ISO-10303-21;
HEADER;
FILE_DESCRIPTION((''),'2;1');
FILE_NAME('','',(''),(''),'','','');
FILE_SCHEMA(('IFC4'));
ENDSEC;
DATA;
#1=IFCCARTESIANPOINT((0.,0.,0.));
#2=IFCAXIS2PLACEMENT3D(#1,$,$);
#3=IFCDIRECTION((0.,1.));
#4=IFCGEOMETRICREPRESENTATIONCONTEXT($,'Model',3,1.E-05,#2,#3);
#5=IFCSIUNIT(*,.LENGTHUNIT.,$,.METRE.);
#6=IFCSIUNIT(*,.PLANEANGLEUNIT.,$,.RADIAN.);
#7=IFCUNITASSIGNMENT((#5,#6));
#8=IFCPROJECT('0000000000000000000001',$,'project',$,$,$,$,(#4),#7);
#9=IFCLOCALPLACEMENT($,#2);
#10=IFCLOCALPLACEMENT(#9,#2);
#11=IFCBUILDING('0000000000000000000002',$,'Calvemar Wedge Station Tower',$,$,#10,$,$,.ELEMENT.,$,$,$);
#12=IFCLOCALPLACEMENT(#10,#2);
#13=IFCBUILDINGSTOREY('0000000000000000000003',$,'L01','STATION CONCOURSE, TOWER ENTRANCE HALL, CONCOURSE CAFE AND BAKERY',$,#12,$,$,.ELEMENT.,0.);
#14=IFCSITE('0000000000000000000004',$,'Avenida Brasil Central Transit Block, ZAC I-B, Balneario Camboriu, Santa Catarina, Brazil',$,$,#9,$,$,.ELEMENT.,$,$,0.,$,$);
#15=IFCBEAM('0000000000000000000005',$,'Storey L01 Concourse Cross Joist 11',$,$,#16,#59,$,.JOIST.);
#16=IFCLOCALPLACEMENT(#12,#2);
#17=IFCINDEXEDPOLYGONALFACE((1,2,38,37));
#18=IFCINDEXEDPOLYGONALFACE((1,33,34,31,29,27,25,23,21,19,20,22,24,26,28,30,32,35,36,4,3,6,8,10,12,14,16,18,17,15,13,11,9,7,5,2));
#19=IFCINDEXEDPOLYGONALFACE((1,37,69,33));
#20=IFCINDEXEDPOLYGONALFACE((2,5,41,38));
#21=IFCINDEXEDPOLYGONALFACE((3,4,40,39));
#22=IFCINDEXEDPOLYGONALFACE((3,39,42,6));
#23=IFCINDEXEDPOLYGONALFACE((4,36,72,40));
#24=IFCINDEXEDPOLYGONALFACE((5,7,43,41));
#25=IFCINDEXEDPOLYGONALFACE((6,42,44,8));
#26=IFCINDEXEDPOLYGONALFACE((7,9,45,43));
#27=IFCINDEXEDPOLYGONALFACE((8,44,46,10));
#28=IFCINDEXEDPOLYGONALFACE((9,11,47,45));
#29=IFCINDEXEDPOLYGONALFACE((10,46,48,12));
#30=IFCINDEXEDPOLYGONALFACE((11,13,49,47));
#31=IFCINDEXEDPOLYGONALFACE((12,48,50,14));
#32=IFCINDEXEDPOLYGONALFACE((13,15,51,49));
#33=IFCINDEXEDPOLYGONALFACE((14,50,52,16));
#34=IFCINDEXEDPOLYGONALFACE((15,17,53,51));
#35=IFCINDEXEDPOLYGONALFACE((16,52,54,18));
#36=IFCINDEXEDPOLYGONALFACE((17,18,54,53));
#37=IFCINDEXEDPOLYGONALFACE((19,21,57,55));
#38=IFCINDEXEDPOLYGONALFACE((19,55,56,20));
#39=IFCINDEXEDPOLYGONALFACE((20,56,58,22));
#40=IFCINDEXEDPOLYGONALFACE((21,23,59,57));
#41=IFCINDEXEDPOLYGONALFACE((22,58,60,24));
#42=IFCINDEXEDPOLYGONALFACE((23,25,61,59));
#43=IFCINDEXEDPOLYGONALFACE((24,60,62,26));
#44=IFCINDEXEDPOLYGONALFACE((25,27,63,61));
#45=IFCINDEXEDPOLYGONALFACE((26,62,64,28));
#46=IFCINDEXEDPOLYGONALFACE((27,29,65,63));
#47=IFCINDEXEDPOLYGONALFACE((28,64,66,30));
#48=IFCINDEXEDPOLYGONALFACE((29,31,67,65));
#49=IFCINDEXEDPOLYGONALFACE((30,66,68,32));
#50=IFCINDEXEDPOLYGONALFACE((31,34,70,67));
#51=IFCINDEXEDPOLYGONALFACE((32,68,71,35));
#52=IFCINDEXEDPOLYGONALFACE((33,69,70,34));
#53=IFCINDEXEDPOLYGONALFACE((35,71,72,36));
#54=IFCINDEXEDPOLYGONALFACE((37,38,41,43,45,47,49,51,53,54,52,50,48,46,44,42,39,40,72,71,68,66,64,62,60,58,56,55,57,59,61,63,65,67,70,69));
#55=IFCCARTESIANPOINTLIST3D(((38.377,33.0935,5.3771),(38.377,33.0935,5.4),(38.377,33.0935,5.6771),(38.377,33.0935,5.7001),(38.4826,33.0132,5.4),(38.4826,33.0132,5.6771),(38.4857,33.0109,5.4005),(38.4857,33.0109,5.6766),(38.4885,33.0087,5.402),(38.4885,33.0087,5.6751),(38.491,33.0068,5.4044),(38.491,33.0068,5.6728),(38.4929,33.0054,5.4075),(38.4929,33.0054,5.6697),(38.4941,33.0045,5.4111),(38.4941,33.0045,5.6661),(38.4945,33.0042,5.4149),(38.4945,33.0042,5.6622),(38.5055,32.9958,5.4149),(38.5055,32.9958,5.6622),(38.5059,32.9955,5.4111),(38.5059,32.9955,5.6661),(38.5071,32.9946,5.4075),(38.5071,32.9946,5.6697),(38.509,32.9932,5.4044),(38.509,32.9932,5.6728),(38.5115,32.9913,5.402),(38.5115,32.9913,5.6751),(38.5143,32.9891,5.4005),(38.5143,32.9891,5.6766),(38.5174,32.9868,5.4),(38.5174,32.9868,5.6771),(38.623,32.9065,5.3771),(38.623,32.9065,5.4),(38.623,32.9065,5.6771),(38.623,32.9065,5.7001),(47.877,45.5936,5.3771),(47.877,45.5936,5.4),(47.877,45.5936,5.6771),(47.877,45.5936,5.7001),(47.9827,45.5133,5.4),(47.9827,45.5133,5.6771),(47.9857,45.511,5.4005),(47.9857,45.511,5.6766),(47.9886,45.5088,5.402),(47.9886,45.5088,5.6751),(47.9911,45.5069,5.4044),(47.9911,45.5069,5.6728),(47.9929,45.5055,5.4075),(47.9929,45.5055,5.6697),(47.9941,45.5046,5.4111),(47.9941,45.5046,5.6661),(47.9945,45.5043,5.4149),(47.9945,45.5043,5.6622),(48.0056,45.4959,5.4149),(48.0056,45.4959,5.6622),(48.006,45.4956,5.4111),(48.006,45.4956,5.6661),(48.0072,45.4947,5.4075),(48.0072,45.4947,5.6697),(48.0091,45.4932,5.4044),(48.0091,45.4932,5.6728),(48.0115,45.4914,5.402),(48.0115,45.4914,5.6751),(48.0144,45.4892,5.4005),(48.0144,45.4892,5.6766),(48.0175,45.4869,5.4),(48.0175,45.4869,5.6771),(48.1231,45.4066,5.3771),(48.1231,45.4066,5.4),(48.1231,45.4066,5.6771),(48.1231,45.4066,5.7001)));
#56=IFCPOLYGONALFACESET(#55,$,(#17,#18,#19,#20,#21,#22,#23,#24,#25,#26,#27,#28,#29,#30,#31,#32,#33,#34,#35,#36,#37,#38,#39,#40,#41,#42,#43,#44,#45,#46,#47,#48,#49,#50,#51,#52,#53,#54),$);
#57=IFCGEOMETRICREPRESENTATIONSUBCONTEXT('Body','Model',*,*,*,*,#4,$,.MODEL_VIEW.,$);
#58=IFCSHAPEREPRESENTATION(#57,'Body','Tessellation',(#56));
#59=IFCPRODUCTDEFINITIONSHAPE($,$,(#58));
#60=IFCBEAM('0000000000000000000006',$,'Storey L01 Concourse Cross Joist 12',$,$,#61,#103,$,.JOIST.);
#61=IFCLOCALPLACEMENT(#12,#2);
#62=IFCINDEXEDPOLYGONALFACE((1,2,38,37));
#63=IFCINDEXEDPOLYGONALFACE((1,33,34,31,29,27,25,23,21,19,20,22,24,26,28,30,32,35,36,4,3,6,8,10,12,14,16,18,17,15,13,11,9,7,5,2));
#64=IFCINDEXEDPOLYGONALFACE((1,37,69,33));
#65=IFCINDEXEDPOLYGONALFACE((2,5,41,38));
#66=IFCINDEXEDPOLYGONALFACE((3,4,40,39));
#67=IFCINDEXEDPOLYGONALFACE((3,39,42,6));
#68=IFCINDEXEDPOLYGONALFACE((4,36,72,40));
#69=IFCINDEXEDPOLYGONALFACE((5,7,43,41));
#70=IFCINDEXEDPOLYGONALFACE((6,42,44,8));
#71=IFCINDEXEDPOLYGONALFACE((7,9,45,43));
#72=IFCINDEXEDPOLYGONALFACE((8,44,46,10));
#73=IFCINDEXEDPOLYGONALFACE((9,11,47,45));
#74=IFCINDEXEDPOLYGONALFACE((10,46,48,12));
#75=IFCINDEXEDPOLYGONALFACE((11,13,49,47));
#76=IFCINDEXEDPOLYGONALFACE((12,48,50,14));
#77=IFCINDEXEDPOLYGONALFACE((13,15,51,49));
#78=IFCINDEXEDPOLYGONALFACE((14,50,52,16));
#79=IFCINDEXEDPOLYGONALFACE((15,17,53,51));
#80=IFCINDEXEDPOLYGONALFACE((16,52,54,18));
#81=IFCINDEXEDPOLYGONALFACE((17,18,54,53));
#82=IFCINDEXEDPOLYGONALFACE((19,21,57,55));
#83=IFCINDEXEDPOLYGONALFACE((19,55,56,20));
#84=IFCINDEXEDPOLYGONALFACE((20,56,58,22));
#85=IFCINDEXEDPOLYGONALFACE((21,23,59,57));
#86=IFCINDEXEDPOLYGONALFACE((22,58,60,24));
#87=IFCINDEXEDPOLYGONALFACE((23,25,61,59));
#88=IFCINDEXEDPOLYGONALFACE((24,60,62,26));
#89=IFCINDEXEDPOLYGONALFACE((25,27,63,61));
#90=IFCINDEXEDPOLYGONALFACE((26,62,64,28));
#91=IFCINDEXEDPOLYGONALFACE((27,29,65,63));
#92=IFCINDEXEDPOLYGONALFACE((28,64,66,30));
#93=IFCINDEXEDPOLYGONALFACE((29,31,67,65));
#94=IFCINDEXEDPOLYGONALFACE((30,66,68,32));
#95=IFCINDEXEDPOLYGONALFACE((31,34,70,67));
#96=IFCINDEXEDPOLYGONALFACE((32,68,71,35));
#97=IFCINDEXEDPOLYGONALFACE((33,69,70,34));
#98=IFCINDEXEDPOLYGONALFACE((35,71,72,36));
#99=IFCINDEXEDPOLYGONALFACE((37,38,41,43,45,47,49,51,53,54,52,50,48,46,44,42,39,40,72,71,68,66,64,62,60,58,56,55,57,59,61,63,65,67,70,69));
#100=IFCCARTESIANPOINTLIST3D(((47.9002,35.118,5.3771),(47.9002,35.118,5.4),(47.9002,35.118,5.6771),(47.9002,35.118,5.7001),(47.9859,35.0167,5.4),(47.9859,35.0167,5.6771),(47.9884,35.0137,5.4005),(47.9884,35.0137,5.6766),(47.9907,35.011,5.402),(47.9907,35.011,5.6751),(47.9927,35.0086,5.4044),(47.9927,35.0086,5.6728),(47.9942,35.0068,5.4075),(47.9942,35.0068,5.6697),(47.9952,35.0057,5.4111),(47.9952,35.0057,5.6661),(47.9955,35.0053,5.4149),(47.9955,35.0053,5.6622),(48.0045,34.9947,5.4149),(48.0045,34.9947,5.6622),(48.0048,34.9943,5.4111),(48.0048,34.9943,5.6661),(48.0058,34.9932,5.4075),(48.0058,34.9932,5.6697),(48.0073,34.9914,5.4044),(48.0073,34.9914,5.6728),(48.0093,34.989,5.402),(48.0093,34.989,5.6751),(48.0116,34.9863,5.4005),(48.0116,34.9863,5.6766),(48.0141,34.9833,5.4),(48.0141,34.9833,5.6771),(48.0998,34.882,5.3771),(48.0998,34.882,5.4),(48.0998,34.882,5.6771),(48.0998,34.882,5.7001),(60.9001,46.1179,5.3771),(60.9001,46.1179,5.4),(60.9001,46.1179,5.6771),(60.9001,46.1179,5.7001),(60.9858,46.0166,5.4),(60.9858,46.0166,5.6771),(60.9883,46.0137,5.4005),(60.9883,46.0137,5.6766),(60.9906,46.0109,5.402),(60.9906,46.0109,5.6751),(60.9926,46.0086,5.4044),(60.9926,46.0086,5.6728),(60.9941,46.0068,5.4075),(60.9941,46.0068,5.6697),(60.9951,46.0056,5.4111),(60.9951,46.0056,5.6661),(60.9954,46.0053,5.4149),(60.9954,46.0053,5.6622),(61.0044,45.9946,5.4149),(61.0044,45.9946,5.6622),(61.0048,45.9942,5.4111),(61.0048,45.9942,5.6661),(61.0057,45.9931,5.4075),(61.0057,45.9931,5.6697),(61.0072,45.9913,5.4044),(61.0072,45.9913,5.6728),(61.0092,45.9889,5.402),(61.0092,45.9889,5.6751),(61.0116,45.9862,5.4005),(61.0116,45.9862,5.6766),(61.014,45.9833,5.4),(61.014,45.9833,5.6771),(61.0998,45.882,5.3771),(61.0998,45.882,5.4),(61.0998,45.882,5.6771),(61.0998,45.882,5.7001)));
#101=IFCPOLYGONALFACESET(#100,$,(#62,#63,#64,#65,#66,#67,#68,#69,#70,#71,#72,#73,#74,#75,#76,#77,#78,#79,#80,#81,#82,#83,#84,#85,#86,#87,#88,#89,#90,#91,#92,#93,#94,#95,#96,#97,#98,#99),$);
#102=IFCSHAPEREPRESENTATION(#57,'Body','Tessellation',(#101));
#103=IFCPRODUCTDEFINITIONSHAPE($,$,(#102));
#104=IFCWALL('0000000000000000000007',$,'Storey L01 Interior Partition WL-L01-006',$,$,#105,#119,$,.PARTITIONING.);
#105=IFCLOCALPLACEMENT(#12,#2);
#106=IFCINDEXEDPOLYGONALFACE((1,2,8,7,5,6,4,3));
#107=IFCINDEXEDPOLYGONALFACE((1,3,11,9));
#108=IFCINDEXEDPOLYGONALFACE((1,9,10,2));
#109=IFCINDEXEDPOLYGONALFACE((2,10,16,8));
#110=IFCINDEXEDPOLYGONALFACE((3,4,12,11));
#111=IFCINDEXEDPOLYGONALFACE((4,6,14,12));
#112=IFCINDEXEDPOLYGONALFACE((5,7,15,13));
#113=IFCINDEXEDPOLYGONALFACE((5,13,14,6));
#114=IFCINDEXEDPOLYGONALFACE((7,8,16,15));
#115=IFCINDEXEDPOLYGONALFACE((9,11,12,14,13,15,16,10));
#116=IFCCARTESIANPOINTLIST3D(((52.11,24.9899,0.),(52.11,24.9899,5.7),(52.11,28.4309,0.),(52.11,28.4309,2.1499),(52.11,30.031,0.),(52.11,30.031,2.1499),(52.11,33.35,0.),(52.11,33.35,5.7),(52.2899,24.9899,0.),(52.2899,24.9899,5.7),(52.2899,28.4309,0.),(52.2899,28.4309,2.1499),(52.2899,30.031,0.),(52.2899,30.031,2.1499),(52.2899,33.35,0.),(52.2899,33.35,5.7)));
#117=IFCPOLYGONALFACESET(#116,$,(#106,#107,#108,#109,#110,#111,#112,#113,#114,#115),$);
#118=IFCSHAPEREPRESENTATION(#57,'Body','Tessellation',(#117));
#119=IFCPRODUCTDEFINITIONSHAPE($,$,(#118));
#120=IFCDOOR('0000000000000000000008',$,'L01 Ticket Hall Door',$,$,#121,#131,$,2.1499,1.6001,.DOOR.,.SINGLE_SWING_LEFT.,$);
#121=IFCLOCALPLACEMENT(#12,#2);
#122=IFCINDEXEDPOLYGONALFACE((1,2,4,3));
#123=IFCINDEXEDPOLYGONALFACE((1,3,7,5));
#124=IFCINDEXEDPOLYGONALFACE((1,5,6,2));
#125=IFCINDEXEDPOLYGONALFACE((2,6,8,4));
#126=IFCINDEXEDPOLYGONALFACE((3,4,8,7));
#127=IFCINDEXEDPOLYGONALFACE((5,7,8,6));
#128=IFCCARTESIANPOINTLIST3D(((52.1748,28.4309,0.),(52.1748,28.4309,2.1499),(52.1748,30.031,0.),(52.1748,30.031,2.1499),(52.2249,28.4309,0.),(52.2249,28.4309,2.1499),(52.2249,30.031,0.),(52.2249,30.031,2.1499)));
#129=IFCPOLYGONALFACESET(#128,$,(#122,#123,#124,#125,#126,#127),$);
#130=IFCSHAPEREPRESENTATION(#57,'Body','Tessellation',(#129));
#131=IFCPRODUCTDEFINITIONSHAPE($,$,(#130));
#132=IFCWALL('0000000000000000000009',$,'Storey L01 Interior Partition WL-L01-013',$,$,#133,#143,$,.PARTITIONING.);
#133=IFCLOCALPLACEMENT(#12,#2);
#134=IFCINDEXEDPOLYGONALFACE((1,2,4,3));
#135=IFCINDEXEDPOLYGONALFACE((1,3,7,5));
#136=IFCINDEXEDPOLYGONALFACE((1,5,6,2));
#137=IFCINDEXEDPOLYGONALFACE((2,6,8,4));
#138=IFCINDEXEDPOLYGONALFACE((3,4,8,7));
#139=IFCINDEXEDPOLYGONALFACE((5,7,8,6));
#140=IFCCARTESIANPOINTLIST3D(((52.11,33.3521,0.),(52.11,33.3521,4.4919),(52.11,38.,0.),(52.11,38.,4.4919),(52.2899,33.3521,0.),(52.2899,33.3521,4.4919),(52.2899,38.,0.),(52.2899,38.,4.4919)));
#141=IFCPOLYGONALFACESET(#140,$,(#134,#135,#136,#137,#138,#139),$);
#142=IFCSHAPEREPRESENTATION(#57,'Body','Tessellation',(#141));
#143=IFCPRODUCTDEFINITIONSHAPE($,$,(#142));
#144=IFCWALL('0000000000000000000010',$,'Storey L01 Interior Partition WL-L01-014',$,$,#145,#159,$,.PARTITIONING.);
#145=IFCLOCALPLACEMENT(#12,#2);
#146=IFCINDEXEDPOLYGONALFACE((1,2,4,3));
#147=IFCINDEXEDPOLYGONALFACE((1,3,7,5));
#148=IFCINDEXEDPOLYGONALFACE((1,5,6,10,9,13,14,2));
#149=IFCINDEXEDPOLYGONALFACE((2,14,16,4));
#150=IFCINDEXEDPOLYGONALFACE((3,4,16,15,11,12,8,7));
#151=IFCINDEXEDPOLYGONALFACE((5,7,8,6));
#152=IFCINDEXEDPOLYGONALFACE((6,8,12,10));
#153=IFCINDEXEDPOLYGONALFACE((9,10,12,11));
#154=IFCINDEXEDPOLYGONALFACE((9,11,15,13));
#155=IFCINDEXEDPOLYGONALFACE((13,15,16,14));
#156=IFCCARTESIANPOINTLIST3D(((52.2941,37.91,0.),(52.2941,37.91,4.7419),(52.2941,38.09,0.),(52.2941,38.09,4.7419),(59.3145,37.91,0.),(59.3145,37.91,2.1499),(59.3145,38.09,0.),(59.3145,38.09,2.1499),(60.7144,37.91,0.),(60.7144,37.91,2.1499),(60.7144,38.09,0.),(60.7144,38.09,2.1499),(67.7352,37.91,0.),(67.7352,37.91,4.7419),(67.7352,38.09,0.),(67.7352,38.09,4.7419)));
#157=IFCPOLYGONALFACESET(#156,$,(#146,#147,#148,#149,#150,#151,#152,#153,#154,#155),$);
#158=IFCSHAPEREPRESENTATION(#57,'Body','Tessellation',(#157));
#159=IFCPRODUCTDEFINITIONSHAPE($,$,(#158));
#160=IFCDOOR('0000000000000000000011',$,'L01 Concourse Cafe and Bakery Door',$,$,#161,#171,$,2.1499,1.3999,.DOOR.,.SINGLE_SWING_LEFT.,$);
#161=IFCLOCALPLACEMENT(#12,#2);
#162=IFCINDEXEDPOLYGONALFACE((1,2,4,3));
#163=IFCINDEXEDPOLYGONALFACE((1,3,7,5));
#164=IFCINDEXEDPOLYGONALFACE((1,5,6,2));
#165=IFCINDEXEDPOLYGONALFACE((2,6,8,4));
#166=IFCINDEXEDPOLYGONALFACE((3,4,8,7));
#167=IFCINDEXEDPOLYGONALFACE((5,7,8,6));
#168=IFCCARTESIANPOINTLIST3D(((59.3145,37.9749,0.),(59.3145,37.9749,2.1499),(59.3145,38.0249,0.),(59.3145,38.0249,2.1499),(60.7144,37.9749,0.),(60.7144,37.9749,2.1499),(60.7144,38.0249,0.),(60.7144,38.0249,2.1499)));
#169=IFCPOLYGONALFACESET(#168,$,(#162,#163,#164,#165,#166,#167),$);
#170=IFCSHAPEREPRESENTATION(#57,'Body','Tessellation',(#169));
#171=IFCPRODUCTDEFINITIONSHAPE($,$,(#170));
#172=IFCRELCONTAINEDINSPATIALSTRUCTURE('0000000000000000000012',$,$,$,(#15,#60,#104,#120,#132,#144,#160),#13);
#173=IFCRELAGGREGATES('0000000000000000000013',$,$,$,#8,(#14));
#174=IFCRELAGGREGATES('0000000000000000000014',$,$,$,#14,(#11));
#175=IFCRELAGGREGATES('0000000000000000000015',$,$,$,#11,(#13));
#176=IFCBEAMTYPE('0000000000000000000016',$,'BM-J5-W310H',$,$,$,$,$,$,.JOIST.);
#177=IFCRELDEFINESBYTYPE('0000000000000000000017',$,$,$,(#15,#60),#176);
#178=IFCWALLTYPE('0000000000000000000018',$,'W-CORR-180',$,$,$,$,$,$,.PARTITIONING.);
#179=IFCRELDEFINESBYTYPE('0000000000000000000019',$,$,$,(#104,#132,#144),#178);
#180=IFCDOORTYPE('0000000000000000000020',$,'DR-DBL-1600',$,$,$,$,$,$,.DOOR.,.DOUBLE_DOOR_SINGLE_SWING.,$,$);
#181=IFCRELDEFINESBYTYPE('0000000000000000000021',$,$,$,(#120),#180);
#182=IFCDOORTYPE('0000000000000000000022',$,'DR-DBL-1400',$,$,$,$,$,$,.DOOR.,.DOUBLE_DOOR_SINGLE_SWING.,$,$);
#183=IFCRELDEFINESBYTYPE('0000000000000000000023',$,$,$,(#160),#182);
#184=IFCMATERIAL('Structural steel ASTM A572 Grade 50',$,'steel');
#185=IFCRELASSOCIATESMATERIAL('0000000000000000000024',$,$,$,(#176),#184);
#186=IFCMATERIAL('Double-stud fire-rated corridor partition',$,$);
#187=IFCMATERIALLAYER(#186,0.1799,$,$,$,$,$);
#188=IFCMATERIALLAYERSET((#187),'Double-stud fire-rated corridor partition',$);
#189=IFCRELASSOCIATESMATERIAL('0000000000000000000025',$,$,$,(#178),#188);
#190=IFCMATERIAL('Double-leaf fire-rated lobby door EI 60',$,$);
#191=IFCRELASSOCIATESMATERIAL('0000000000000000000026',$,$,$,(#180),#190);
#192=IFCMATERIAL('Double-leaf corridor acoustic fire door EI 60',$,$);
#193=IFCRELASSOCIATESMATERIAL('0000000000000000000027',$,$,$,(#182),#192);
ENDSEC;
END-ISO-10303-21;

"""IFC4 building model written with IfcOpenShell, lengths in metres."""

from ifc_helpers import new_model, si_unit, direction, frame, frame_2d, origin, origin_2d, place, context, subcontext, project, spatial, rectangle, i_section, extrude, source, transform, mapped, material, layer, layer_set, material_profile, profile_set, type_object, element, fill, save


model = new_model("IFC4")

# Units and contexts
model_context = context("Model", 3, precision=1e-05, world=origin(), true_north=direction((0.0, 1.0)))
body_context = subcontext(model_context, "Body", "Model", "MODEL_VIEW")
ifc_project = project(units=[si_unit("LENGTHUNIT", "METRE"), si_unit("PLANEANGLEUNIT", "RADIAN")], contexts=[model_context])

# Site, building, storey
site_placement = place(None, origin())
site = spatial("IfcSite", under=ifc_project, at=site_placement, Name="Avenida Brasil Central Transit Block, ZAC I-B, Balneario Camboriu, Santa Catarina, Brazil", CompositionType="ELEMENT", RefElevation=0.0)
building_placement = place(site_placement, origin())
building = spatial("IfcBuilding", under=site, at=building_placement, Name="Calvemar Wedge Station Tower", CompositionType="ELEMENT")
storey_placement = place(building_placement, origin())
storey = spatial("IfcBuildingStorey", under=building, at=storey_placement, Name="L01", Description="STATION CONCOURSE, TOWER ENTRANCE HALL, CONCOURSE CAFE AND BAKERY", CompositionType="ELEMENT", Elevation=0.0)

# Beams
ifc_material_1 = material(Name="Structural steel ASTM A572 Grade 50", Category="steel")
ifc_material_profile_1 = material_profile(ifc_material_1, i_section(OverallWidth=0.3091, OverallDepth=0.323, WebThickness=0.0139, FlangeThickness=0.0229, FilletRadius=0.0149, at=origin_2d()), Name="W310x143")
ifc_profile_set_1 = profile_set([ifc_material_profile_1], Name="Structural steel ASTM A572 Grade 50")
beam_type_1 = type_object("IfcBeamType", Name="BM-J5-W310H", PredefinedType="JOIST", material=ifc_profile_set_1)
shared_shape_1 = source(origin(), body_context, "Body", "SweptSolid", [
    extrude(i_section(OverallWidth=0.3091, OverallDepth=0.323, WebThickness=0.0139, FlangeThickness=0.0229, FilletRadius=0.0149, at=origin_2d()), origin(), (0.0, 0.0, 1.0), 15.7004),
])
beam_1_placement = place(storey_placement, frame((38.5, 33.0, 5.5386), z_axis=(0.605083, 0.796162, 0.0), x_axis=(-0.796162, 0.605083, 0.0)))
element("IfcBeam", 1, at=beam_1_placement, inside=storey, type_object=beam_type_1, Name="Storey L01 Concourse Cross Joist 11", PredefinedType="JOIST", context=body_context, shape_type="MappedRepresentation", body=[
    mapped(shared_shape_1, transform((0.0, 0.0, 0.0), scale=1.0)),
])
shared_shape_2 = source(origin(), body_context, "Body", "SweptSolid", [
    extrude(i_section(OverallWidth=0.3091, OverallDepth=0.323, WebThickness=0.0139, FlangeThickness=0.0229, FilletRadius=0.0149, at=origin_2d()), origin(), (0.0, 0.0, 1.0), 17.0293),
])
beam_2_placement = place(storey_placement, frame((48.0, 35.0, 5.5386), z_axis=(0.763386, 0.645942, 0.0), x_axis=(-0.645942, 0.763386, 0.0)))
element("IfcBeam", 2, at=beam_2_placement, inside=storey, type_object=beam_type_1, Name="Storey L01 Concourse Cross Joist 12", PredefinedType="JOIST", context=body_context, shape_type="MappedRepresentation", body=[
    mapped(shared_shape_2, transform((0.0, 0.0, 0.0), scale=1.0)),
])

# Wall, opening, door
ifc_material_2 = material(Name="Double-stud fire-rated corridor partition")
ifc_layer = layer(ifc_material_2, 0.1799)
ifc_layer_set = layer_set([ifc_layer], Name="Double-stud fire-rated corridor partition")
wall_type = type_object("IfcWallType", Name="W-CORR-180", PredefinedType="PARTITIONING", material=ifc_layer_set)
wall_1_placement = place(storey_placement, frame((52.2, 33.3501, 0.0), z_axis=(0.0, 0.0, 1.0), x_axis=(0.0, -1.0, 0.0)))
wall_1 = element("IfcWall", 3, at=wall_1_placement, inside=storey, type_object=wall_type, Name="Storey L01 Interior Partition WL-L01-006", PredefinedType="PARTITIONING", context=body_context, shape_type="SweptSolid", body=[
    extrude(rectangle(XDim=8.3601, YDim=0.1799, at=frame_2d((4.1802, 0.0))), origin(), (0.0, 0.0, 1.0), 5.7),
])
shared_shape_3 = source(origin(), body_context, "Body", "SweptSolid", [
    extrude(rectangle(XDim=1.6001, YDim=2.1499, at=frame_2d((0.8, 1.075))), frame((0.0, 0.1001, 0.0), z_axis=(0.0, -1.0, 0.0), x_axis=(1.0, 0.0, 0.0)), (0.0, 0.0, 1.0), 0.2),
])
opening_1_placement = place(wall_1_placement, frame((3.3191, 0.0, 0.0)))
opening_1 = element("IfcOpeningElement", 4, at=opening_1_placement, cuts=wall_1, PredefinedType="OPENING", context=body_context, shape_type="MappedRepresentation", body=[
    mapped(shared_shape_3, transform((0.0, 0.0, 0.0), scale=1.0)),
])
ifc_material_3 = material(Name="Double-leaf fire-rated lobby door EI 60")
door_type_1 = type_object("IfcDoorType", Name="DR-DBL-1600", OperationType="DOUBLE_DOOR_SINGLE_SWING", PredefinedType="DOOR", material=ifc_material_3)
shared_shape_4 = source(origin(), body_context, "Body", "SweptSolid", [
    extrude(rectangle(XDim=1.6001, YDim=2.1499, at=frame_2d((0.8, 1.075))), frame((0.0, 0.0249, 0.0), z_axis=(0.0, -1.0, 0.0), x_axis=(1.0, 0.0, 0.0)), (0.0, 0.0, 1.0), 0.05),
])
door_1_placement = place(opening_1_placement, origin())
door_1 = element("IfcDoor", 5, at=door_1_placement, inside=storey, type_object=door_type_1, Name="L01 Ticket Hall Door", OperationType="SINGLE_SWING_LEFT", OverallHeight=2.1499, OverallWidth=1.6001, PredefinedType="DOOR", context=body_context, shape_type="MappedRepresentation", body=[
    mapped(shared_shape_4, transform((0.0, 0.0, 0.0), scale=1.0)),
])
fill(opening_1, door_1)

# Wall
wall_2_placement = place(storey_placement, frame((52.2, 33.3521, 0.0), z_axis=(0.0, 0.0, 1.0), x_axis=(0.0, 1.0, 0.0)))
element("IfcWall", 6, at=wall_2_placement, inside=storey, type_object=wall_type, Name="Storey L01 Interior Partition WL-L01-013", PredefinedType="PARTITIONING", context=body_context, shape_type="SweptSolid", body=[
    extrude(rectangle(XDim=4.6479, YDim=0.1799, at=frame_2d((2.324, 0.0))), origin(), (0.0, 0.0, 1.0), 4.4919),
])

# Wall, opening, door
wall_3_placement = place(storey_placement, frame((52.2939, 38.0, 0.0), z_axis=(0.0, 0.0, 1.0), x_axis=(1.0, 0.0, 0.0)))
wall_3 = element("IfcWall", 7, at=wall_3_placement, inside=storey, type_object=wall_type, Name="Storey L01 Interior Partition WL-L01-014", PredefinedType="PARTITIONING", context=body_context, shape_type="SweptSolid", body=[
    extrude(rectangle(XDim=15.4412, YDim=0.1799, at=frame_2d((7.7207, 0.0))), origin(), (0.0, 0.0, 1.0), 4.7419),
])
shared_shape_5 = source(origin(), body_context, "Body", "SweptSolid", [
    extrude(rectangle(XDim=1.3999, YDim=2.1499, at=frame_2d((0.7, 1.075))), frame((0.0, 0.1001, 0.0), z_axis=(0.0, -1.0, 0.0), x_axis=(1.0, 0.0, 0.0)), (0.0, 0.0, 1.0), 0.2),
])
opening_2_placement = place(wall_3_placement, frame((7.0205, 0.0, 0.0)))
opening_2 = element("IfcOpeningElement", 8, at=opening_2_placement, cuts=wall_3, PredefinedType="OPENING", context=body_context, shape_type="MappedRepresentation", body=[
    mapped(shared_shape_5, transform((0.0, 0.0, 0.0), scale=1.0)),
])
ifc_material_4 = material(Name="Double-leaf corridor acoustic fire door EI 60")
door_type_2 = type_object("IfcDoorType", Name="DR-DBL-1400", OperationType="DOUBLE_DOOR_SINGLE_SWING", PredefinedType="DOOR", material=ifc_material_4)
shared_shape_6 = source(origin(), body_context, "Body", "SweptSolid", [
    extrude(rectangle(XDim=1.3999, YDim=2.1499, at=frame_2d((0.7, 1.075))), frame((0.0, 0.0249, 0.0), z_axis=(0.0, -1.0, 0.0), x_axis=(1.0, 0.0, 0.0)), (0.0, 0.0, 1.0), 0.05),
])
door_2_placement = place(opening_2_placement, origin())
door_2 = element("IfcDoor", 9, at=door_2_placement, inside=storey, type_object=door_type_2, Name="L01 Concourse Cafe and Bakery Door", OperationType="SINGLE_SWING_LEFT", OverallHeight=2.1499, OverallWidth=1.3999, PredefinedType="DOOR", context=body_context, shape_type="MappedRepresentation", body=[
    mapped(shared_shape_6, transform((0.0, 0.0, 0.0), scale=1.0)),
])
fill(opening_2, door_2)

save(model, "model.ifc")
